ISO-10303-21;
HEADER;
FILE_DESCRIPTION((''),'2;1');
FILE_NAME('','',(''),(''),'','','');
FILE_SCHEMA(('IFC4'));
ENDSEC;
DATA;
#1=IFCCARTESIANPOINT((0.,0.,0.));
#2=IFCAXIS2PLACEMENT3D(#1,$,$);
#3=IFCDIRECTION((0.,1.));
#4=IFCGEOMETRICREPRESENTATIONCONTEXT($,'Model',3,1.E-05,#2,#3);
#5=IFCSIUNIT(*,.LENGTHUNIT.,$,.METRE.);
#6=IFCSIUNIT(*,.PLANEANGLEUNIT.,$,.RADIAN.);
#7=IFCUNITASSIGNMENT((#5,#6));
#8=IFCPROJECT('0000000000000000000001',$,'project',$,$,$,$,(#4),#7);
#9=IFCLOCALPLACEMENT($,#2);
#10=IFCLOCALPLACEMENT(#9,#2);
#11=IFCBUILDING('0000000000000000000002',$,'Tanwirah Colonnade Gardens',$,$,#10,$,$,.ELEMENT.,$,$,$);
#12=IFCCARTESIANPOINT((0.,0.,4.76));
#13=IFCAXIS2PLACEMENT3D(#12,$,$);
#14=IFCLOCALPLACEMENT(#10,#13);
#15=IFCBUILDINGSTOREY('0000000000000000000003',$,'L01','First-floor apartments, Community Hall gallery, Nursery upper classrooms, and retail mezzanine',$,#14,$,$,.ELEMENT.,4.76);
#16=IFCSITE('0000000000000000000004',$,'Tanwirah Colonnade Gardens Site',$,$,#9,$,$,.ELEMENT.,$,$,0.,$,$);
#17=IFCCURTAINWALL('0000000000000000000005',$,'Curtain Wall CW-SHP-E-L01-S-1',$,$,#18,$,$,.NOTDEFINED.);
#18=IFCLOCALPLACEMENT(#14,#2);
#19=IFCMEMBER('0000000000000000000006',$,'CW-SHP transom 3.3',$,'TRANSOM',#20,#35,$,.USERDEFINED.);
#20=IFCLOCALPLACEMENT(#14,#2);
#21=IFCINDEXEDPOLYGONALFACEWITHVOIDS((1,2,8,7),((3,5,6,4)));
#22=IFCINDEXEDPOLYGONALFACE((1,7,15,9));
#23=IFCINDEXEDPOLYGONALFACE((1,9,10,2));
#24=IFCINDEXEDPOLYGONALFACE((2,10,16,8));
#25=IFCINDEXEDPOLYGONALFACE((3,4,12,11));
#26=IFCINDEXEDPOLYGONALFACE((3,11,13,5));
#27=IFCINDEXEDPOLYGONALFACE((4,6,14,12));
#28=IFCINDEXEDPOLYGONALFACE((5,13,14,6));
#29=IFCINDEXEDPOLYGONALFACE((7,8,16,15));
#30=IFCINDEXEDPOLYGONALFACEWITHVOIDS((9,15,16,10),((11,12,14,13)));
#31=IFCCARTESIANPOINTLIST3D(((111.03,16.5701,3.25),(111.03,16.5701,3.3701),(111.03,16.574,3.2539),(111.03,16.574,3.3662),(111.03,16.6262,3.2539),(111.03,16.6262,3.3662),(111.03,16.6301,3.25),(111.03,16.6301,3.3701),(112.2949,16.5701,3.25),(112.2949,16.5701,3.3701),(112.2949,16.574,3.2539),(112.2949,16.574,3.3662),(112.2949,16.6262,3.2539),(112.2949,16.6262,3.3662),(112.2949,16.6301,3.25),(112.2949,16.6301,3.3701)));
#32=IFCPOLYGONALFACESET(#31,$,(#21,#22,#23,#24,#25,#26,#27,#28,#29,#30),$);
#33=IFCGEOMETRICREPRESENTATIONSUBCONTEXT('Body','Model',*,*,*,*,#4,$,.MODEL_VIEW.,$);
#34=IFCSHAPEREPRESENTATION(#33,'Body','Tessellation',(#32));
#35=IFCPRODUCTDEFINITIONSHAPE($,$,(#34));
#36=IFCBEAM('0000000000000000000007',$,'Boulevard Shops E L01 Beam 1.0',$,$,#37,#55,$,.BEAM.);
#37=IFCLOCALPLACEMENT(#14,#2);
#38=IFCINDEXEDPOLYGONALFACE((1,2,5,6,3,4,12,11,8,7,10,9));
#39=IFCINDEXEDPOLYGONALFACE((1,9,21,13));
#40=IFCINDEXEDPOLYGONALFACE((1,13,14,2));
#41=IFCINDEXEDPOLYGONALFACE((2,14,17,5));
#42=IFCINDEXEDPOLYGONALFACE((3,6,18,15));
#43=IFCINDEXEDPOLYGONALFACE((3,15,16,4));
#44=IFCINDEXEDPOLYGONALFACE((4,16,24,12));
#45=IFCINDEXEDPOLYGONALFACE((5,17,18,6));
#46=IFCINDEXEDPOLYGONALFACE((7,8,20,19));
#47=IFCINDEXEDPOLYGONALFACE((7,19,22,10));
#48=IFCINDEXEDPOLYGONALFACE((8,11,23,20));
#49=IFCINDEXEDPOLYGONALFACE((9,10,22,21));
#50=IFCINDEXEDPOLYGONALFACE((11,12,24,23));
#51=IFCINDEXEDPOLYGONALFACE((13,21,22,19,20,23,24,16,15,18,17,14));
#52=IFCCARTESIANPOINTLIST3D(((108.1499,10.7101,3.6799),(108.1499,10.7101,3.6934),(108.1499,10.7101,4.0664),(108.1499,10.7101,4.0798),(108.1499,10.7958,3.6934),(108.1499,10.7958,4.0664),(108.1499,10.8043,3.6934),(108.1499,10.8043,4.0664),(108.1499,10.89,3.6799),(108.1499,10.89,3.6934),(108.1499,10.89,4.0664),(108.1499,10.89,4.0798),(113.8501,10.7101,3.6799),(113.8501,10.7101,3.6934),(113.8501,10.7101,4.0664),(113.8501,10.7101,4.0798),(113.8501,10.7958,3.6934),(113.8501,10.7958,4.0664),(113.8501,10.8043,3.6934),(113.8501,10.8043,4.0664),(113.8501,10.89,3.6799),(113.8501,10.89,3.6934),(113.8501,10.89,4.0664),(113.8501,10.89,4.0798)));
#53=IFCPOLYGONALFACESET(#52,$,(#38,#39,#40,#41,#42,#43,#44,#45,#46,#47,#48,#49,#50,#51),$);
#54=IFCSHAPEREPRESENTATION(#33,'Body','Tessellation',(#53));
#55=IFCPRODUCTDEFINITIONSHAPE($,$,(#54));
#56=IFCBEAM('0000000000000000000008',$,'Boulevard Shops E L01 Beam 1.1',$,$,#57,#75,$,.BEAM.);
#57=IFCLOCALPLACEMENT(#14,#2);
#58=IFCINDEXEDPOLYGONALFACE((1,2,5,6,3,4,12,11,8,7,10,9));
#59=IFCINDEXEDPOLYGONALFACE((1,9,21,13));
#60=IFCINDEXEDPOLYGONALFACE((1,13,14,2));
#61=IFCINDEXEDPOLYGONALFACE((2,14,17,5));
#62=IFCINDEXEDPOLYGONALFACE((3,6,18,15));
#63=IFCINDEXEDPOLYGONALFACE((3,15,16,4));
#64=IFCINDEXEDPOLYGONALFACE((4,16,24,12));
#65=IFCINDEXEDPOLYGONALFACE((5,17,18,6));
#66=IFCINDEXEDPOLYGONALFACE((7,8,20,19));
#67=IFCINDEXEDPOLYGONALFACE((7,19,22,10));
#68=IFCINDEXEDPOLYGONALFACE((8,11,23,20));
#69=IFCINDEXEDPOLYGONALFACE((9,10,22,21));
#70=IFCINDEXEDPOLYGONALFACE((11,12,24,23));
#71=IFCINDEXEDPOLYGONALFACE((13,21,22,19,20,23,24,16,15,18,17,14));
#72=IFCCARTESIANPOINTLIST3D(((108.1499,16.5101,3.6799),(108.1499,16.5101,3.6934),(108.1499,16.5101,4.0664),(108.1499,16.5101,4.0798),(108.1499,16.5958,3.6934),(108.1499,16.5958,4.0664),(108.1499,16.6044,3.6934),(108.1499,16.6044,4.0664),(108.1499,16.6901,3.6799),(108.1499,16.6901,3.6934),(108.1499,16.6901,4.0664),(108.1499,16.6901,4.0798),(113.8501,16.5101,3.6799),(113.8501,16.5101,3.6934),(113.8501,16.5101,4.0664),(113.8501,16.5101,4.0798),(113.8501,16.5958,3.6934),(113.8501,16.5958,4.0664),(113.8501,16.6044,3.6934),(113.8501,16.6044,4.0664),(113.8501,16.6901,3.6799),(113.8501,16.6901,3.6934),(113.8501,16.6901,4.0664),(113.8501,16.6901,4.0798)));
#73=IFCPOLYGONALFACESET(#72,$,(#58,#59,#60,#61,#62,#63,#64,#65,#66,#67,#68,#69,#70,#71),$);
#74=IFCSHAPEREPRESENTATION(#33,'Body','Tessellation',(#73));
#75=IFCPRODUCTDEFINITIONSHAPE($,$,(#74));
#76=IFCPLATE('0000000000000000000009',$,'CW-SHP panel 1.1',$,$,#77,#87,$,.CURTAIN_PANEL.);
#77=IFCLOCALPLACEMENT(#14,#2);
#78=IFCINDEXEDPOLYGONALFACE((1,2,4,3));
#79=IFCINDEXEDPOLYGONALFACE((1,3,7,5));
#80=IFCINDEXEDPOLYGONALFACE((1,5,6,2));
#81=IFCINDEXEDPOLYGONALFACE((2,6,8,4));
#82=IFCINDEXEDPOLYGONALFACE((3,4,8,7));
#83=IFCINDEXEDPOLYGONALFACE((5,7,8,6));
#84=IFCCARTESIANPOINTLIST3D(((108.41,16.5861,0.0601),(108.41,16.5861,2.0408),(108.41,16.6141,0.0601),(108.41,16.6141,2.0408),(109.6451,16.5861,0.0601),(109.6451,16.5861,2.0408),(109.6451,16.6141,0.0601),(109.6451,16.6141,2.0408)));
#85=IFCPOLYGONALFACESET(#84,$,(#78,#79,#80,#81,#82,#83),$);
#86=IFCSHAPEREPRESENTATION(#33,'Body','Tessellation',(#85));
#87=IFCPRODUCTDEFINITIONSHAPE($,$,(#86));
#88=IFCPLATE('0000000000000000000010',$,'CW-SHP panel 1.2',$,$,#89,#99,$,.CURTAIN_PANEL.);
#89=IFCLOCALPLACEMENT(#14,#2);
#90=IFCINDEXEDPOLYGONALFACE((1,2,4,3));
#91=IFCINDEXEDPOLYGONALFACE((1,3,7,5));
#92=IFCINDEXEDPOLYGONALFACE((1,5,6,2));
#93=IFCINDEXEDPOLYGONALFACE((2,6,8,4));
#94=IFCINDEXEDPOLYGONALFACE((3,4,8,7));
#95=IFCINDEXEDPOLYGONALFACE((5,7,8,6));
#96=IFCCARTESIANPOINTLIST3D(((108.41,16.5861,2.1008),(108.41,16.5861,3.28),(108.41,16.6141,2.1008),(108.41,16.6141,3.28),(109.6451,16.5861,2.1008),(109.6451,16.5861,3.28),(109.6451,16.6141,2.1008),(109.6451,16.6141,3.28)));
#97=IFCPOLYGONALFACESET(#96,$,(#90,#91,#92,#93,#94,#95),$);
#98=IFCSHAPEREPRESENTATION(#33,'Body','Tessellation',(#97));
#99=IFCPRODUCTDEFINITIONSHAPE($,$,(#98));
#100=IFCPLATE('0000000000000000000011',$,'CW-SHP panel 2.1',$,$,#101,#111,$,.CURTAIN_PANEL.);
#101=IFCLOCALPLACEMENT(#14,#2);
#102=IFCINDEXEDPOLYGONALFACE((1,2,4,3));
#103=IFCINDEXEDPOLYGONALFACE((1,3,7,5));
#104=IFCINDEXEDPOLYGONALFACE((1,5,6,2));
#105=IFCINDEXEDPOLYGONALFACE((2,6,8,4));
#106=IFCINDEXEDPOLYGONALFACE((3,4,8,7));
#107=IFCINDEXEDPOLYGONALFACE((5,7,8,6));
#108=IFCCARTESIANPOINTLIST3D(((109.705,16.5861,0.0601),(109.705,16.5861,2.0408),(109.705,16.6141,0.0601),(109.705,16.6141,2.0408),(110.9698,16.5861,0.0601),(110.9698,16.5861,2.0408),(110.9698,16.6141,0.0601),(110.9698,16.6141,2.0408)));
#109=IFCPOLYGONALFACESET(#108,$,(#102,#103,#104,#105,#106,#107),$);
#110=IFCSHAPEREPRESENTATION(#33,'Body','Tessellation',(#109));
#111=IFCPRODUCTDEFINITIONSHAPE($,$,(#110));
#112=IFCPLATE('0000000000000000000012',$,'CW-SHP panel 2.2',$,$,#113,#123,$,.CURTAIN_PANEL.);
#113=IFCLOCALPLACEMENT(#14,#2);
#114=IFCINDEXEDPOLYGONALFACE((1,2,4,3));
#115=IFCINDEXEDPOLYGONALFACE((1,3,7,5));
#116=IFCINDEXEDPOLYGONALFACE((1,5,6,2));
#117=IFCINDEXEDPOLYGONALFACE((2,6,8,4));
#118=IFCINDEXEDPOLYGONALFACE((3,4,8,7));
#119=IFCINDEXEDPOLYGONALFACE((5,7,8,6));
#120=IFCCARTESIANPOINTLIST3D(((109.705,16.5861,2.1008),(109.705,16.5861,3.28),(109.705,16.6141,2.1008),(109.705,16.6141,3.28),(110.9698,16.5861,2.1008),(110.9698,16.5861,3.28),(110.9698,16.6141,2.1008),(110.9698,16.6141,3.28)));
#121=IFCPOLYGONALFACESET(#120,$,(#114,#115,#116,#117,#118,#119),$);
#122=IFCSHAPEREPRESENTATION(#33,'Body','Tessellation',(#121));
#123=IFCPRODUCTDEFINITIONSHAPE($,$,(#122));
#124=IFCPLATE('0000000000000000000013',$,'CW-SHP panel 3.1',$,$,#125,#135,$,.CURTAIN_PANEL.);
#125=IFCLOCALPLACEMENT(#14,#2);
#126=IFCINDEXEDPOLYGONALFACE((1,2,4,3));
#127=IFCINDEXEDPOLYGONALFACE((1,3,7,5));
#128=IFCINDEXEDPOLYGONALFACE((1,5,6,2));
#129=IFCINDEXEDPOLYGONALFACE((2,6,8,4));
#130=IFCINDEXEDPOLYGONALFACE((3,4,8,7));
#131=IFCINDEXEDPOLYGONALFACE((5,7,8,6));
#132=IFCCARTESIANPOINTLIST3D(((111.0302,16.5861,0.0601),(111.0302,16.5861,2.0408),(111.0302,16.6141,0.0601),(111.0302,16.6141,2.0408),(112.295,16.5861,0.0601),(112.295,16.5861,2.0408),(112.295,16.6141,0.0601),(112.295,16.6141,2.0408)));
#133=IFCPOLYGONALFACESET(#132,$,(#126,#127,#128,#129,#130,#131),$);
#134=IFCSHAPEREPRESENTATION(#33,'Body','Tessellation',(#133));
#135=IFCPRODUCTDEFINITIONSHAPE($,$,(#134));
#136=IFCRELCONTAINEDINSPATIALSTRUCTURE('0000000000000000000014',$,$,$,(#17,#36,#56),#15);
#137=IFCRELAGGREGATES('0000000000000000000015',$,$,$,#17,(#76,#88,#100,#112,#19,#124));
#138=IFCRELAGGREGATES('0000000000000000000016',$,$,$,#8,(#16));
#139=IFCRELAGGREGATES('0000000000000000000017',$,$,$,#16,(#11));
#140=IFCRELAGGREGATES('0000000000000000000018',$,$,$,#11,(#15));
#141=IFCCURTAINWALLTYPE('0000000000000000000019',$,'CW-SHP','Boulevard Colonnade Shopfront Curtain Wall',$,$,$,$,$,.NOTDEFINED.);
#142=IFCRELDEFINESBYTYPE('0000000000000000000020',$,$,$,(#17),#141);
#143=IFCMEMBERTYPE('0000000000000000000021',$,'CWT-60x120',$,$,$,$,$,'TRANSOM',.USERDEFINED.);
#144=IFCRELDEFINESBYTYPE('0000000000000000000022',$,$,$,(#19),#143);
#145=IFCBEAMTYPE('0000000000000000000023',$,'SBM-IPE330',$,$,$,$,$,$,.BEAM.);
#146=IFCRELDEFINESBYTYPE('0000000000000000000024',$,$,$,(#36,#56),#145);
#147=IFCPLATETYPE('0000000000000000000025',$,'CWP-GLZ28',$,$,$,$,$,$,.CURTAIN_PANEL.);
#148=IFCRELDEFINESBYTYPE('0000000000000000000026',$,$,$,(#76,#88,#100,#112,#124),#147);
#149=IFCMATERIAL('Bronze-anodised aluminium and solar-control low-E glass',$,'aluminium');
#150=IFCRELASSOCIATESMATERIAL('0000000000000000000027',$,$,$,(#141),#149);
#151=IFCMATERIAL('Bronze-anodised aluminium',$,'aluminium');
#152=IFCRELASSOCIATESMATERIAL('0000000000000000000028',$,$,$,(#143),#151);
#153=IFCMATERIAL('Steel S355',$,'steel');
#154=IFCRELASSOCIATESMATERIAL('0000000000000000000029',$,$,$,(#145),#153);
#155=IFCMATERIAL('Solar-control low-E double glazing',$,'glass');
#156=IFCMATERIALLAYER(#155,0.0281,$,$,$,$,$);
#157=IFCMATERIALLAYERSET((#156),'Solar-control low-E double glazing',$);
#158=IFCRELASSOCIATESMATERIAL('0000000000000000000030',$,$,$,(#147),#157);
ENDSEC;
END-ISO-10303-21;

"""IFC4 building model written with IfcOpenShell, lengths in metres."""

from ifc_helpers import new_model, si_unit, direction, frame, origin, origin_2d, place, context, subcontext, project, spatial, rectangle, hollow_rectangle, i_section, extrude, material, layer, layer_set, material_profile, profile_set, type_object, element, aggregate, save


model = new_model("IFC4")

# Units and contexts
model_context = context("Model", 3, precision=1e-05, world=origin(), true_north=direction((0.0, 1.0)))
body_context = subcontext(model_context, "Body", "Model", "MODEL_VIEW")
ifc_project = project(units=[si_unit("LENGTHUNIT", "METRE"), si_unit("PLANEANGLEUNIT", "RADIAN")], contexts=[model_context])

# Site, building, storey
site_placement = place(None, origin())
site = spatial("IfcSite", under=ifc_project, at=site_placement, Name="Tanwirah Colonnade Gardens Site", CompositionType="ELEMENT", RefElevation=0.0)
building_placement = place(site_placement, origin())
building = spatial("IfcBuilding", under=site, at=building_placement, Name="Tanwirah Colonnade Gardens", CompositionType="ELEMENT")
storey_placement = place(building_placement, frame((0.0, 0.0, 4.76)))
storey = spatial("IfcBuildingStorey", under=building, at=storey_placement, Name="L01", Description="First-floor apartments, Community Hall gallery, Nursery upper classrooms, and retail mezzanine", CompositionType="ELEMENT", Elevation=4.76)

# Curtain wall, member
ifc_material_1 = material(Name="Bronze-anodised aluminium and solar-control low-E glass", Category="aluminium")
curtain_wall_type = type_object("IfcCurtainWallType", Name="CW-SHP", Description="Boulevard Colonnade Shopfront Curtain Wall", PredefinedType="NOTDEFINED", material=ifc_material_1)
curtain_wall_placement = place(storey_placement, origin())
curtain_wall = element("IfcCurtainWall", 1, at=curtain_wall_placement, inside=storey, type_object=curtain_wall_type, Name="Curtain Wall CW-SHP-E-L01-S-1", PredefinedType="NOTDEFINED")
ifc_material_2 = material(Name="Bronze-anodised aluminium", Category="aluminium")
ifc_material_profile_1 = material_profile(ifc_material_2, hollow_rectangle(XDim=0.0601, YDim=0.1201, WallThickness=0.0039, at=origin_2d()), Name="CW-TRN 60x120x4")
ifc_profile_set_1 = profile_set([ifc_material_profile_1], Name="Bronze-anodised aluminium")
member_type_1 = type_object("IfcMemberType", Name="CWT-60x120", ElementType="TRANSOM", PredefinedType="USERDEFINED", material=ifc_profile_set_1)
member_1_placement = place(storey_placement, frame((111.03, 16.6001, 3.3101), z_axis=(1.0, 0.0, 0.0), x_axis=(0.0, 1.0, 0.0)))
member_1 = element("IfcMember", 2, at=member_1_placement, type_object=member_type_1, Name="CW-SHP transom 3.3", ObjectType="TRANSOM", PredefinedType="USERDEFINED", context=body_context, shape_type="SweptSolid", body=[
    extrude(hollow_rectangle(XDim=0.0601, YDim=0.1201, WallThickness=0.0039, at=origin_2d()), origin(), (0.0, 0.0, 1.0), 1.2649),
])

# Beams
ifc_material_3 = material(Name="Steel S355", Category="steel")
ifc_material_profile_2 = material_profile(ifc_material_3, i_section(OverallWidth=0.1799, OverallDepth=0.3999, WebThickness=0.0085, FlangeThickness=0.0134, at=origin_2d()), Name="IPE 400")
ifc_profile_set_2 = profile_set([ifc_material_profile_2], Name="Steel S355")
beam_type = type_object("IfcBeamType", Name="SBM-IPE330", PredefinedType="BEAM", material=ifc_profile_set_2)
for number, where, z_axis, x_axis, name in (
    (3, (108.1499, 10.8, 3.8799), (1.0, 0.0, 0.0), (0.0, 1.0, 0.0), "Boulevard Shops E L01 Beam 1.0"),
    (4, (108.1499, 16.6001, 3.8799), (1.0, 0.0, 0.0), (0.0, 1.0, 0.0), "Boulevard Shops E L01 Beam 1.1"),
):
    element("IfcBeam", number, at=place(storey_placement, frame(where, z_axis=z_axis, x_axis=x_axis)), inside=storey, type_object=beam_type, Name=name, PredefinedType="BEAM", context=body_context, shape_type="SweptSolid", body=[
        extrude(i_section(OverallWidth=0.1799, OverallDepth=0.3999, WebThickness=0.0085, FlangeThickness=0.0134, at=origin_2d()), origin(), (0.0, 0.0, 1.0), 5.7002),
    ])

# Plates
ifc_material_4 = material(Name="Solar-control low-E double glazing", Category="glass")
ifc_layer_1 = layer(ifc_material_4, 0.0281)
ifc_layer_set_1 = layer_set([ifc_layer_1], Name="Solar-control low-E double glazing")
plate_type = type_object("IfcPlateType", Name="CWP-GLZ28", PredefinedType="CURTAIN_PANEL", material=ifc_layer_set_1)
plate_1_placement = place(storey_placement, frame((109.0276, 16.6001, 0.0601), z_axis=(0.0, 0.0, 1.0), x_axis=(1.0, 0.0, 0.0)))
plate_1 = element("IfcPlate", 5, at=plate_1_placement, type_object=plate_type, Name="CW-SHP panel 1.1", PredefinedType="CURTAIN_PANEL", context=body_context, shape_type="SweptSolid", body=[
    extrude(rectangle(XDim=1.2351, YDim=0.0281, at=origin_2d()), origin(), (0.0, 0.0, 1.0), 1.9807),
])
plate_2_placement = place(storey_placement, frame((109.0276, 16.6001, 2.1008), z_axis=(0.0, 0.0, 1.0), x_axis=(1.0, 0.0, 0.0)))
plate_2 = element("IfcPlate", 6, at=plate_2_placement, type_object=plate_type, Name="CW-SHP panel 1.2", PredefinedType="CURTAIN_PANEL", context=body_context, shape_type="SweptSolid", body=[
    extrude(rectangle(XDim=1.2351, YDim=0.0281, at=origin_2d()), origin(), (0.0, 0.0, 1.0), 1.1792),
])
plate_3_placement = place(storey_placement, frame((110.3374, 16.6001, 0.0601), z_axis=(0.0, 0.0, 1.0), x_axis=(1.0, 0.0, 0.0)))
plate_3 = element("IfcPlate", 7, at=plate_3_placement, type_object=plate_type, Name="CW-SHP panel 2.1", PredefinedType="CURTAIN_PANEL", context=body_context, shape_type="SweptSolid", body=[
    extrude(rectangle(XDim=1.2649, YDim=0.0281, at=origin_2d()), origin(), (0.0, 0.0, 1.0), 1.9807),
])
plate_4_placement = place(storey_placement, frame((110.3374, 16.6001, 2.1008), z_axis=(0.0, 0.0, 1.0), x_axis=(1.0, 0.0, 0.0)))
plate_4 = element("IfcPlate", 8, at=plate_4_placement, type_object=plate_type, Name="CW-SHP panel 2.2", PredefinedType="CURTAIN_PANEL", context=body_context, shape_type="SweptSolid", body=[
    extrude(rectangle(XDim=1.2649, YDim=0.0281, at=origin_2d()), origin(), (0.0, 0.0, 1.0), 1.1792),
])
plate_5_placement = place(storey_placement, frame((111.6626, 16.6001, 0.0601), z_axis=(0.0, 0.0, 1.0), x_axis=(1.0, 0.0, 0.0)))
plate_5 = element("IfcPlate", 9, at=plate_5_placement, type_object=plate_type, Name="CW-SHP panel 3.1", PredefinedType="CURTAIN_PANEL", context=body_context, shape_type="SweptSolid", body=[
    extrude(rectangle(XDim=1.2649, YDim=0.0281, at=origin_2d()), origin(), (0.0, 0.0, 1.0), 1.9807),
])
aggregate(curtain_wall, [plate_1, plate_2, plate_3, plate_4, member_1, plate_5])

save(model, "model.ifc")
